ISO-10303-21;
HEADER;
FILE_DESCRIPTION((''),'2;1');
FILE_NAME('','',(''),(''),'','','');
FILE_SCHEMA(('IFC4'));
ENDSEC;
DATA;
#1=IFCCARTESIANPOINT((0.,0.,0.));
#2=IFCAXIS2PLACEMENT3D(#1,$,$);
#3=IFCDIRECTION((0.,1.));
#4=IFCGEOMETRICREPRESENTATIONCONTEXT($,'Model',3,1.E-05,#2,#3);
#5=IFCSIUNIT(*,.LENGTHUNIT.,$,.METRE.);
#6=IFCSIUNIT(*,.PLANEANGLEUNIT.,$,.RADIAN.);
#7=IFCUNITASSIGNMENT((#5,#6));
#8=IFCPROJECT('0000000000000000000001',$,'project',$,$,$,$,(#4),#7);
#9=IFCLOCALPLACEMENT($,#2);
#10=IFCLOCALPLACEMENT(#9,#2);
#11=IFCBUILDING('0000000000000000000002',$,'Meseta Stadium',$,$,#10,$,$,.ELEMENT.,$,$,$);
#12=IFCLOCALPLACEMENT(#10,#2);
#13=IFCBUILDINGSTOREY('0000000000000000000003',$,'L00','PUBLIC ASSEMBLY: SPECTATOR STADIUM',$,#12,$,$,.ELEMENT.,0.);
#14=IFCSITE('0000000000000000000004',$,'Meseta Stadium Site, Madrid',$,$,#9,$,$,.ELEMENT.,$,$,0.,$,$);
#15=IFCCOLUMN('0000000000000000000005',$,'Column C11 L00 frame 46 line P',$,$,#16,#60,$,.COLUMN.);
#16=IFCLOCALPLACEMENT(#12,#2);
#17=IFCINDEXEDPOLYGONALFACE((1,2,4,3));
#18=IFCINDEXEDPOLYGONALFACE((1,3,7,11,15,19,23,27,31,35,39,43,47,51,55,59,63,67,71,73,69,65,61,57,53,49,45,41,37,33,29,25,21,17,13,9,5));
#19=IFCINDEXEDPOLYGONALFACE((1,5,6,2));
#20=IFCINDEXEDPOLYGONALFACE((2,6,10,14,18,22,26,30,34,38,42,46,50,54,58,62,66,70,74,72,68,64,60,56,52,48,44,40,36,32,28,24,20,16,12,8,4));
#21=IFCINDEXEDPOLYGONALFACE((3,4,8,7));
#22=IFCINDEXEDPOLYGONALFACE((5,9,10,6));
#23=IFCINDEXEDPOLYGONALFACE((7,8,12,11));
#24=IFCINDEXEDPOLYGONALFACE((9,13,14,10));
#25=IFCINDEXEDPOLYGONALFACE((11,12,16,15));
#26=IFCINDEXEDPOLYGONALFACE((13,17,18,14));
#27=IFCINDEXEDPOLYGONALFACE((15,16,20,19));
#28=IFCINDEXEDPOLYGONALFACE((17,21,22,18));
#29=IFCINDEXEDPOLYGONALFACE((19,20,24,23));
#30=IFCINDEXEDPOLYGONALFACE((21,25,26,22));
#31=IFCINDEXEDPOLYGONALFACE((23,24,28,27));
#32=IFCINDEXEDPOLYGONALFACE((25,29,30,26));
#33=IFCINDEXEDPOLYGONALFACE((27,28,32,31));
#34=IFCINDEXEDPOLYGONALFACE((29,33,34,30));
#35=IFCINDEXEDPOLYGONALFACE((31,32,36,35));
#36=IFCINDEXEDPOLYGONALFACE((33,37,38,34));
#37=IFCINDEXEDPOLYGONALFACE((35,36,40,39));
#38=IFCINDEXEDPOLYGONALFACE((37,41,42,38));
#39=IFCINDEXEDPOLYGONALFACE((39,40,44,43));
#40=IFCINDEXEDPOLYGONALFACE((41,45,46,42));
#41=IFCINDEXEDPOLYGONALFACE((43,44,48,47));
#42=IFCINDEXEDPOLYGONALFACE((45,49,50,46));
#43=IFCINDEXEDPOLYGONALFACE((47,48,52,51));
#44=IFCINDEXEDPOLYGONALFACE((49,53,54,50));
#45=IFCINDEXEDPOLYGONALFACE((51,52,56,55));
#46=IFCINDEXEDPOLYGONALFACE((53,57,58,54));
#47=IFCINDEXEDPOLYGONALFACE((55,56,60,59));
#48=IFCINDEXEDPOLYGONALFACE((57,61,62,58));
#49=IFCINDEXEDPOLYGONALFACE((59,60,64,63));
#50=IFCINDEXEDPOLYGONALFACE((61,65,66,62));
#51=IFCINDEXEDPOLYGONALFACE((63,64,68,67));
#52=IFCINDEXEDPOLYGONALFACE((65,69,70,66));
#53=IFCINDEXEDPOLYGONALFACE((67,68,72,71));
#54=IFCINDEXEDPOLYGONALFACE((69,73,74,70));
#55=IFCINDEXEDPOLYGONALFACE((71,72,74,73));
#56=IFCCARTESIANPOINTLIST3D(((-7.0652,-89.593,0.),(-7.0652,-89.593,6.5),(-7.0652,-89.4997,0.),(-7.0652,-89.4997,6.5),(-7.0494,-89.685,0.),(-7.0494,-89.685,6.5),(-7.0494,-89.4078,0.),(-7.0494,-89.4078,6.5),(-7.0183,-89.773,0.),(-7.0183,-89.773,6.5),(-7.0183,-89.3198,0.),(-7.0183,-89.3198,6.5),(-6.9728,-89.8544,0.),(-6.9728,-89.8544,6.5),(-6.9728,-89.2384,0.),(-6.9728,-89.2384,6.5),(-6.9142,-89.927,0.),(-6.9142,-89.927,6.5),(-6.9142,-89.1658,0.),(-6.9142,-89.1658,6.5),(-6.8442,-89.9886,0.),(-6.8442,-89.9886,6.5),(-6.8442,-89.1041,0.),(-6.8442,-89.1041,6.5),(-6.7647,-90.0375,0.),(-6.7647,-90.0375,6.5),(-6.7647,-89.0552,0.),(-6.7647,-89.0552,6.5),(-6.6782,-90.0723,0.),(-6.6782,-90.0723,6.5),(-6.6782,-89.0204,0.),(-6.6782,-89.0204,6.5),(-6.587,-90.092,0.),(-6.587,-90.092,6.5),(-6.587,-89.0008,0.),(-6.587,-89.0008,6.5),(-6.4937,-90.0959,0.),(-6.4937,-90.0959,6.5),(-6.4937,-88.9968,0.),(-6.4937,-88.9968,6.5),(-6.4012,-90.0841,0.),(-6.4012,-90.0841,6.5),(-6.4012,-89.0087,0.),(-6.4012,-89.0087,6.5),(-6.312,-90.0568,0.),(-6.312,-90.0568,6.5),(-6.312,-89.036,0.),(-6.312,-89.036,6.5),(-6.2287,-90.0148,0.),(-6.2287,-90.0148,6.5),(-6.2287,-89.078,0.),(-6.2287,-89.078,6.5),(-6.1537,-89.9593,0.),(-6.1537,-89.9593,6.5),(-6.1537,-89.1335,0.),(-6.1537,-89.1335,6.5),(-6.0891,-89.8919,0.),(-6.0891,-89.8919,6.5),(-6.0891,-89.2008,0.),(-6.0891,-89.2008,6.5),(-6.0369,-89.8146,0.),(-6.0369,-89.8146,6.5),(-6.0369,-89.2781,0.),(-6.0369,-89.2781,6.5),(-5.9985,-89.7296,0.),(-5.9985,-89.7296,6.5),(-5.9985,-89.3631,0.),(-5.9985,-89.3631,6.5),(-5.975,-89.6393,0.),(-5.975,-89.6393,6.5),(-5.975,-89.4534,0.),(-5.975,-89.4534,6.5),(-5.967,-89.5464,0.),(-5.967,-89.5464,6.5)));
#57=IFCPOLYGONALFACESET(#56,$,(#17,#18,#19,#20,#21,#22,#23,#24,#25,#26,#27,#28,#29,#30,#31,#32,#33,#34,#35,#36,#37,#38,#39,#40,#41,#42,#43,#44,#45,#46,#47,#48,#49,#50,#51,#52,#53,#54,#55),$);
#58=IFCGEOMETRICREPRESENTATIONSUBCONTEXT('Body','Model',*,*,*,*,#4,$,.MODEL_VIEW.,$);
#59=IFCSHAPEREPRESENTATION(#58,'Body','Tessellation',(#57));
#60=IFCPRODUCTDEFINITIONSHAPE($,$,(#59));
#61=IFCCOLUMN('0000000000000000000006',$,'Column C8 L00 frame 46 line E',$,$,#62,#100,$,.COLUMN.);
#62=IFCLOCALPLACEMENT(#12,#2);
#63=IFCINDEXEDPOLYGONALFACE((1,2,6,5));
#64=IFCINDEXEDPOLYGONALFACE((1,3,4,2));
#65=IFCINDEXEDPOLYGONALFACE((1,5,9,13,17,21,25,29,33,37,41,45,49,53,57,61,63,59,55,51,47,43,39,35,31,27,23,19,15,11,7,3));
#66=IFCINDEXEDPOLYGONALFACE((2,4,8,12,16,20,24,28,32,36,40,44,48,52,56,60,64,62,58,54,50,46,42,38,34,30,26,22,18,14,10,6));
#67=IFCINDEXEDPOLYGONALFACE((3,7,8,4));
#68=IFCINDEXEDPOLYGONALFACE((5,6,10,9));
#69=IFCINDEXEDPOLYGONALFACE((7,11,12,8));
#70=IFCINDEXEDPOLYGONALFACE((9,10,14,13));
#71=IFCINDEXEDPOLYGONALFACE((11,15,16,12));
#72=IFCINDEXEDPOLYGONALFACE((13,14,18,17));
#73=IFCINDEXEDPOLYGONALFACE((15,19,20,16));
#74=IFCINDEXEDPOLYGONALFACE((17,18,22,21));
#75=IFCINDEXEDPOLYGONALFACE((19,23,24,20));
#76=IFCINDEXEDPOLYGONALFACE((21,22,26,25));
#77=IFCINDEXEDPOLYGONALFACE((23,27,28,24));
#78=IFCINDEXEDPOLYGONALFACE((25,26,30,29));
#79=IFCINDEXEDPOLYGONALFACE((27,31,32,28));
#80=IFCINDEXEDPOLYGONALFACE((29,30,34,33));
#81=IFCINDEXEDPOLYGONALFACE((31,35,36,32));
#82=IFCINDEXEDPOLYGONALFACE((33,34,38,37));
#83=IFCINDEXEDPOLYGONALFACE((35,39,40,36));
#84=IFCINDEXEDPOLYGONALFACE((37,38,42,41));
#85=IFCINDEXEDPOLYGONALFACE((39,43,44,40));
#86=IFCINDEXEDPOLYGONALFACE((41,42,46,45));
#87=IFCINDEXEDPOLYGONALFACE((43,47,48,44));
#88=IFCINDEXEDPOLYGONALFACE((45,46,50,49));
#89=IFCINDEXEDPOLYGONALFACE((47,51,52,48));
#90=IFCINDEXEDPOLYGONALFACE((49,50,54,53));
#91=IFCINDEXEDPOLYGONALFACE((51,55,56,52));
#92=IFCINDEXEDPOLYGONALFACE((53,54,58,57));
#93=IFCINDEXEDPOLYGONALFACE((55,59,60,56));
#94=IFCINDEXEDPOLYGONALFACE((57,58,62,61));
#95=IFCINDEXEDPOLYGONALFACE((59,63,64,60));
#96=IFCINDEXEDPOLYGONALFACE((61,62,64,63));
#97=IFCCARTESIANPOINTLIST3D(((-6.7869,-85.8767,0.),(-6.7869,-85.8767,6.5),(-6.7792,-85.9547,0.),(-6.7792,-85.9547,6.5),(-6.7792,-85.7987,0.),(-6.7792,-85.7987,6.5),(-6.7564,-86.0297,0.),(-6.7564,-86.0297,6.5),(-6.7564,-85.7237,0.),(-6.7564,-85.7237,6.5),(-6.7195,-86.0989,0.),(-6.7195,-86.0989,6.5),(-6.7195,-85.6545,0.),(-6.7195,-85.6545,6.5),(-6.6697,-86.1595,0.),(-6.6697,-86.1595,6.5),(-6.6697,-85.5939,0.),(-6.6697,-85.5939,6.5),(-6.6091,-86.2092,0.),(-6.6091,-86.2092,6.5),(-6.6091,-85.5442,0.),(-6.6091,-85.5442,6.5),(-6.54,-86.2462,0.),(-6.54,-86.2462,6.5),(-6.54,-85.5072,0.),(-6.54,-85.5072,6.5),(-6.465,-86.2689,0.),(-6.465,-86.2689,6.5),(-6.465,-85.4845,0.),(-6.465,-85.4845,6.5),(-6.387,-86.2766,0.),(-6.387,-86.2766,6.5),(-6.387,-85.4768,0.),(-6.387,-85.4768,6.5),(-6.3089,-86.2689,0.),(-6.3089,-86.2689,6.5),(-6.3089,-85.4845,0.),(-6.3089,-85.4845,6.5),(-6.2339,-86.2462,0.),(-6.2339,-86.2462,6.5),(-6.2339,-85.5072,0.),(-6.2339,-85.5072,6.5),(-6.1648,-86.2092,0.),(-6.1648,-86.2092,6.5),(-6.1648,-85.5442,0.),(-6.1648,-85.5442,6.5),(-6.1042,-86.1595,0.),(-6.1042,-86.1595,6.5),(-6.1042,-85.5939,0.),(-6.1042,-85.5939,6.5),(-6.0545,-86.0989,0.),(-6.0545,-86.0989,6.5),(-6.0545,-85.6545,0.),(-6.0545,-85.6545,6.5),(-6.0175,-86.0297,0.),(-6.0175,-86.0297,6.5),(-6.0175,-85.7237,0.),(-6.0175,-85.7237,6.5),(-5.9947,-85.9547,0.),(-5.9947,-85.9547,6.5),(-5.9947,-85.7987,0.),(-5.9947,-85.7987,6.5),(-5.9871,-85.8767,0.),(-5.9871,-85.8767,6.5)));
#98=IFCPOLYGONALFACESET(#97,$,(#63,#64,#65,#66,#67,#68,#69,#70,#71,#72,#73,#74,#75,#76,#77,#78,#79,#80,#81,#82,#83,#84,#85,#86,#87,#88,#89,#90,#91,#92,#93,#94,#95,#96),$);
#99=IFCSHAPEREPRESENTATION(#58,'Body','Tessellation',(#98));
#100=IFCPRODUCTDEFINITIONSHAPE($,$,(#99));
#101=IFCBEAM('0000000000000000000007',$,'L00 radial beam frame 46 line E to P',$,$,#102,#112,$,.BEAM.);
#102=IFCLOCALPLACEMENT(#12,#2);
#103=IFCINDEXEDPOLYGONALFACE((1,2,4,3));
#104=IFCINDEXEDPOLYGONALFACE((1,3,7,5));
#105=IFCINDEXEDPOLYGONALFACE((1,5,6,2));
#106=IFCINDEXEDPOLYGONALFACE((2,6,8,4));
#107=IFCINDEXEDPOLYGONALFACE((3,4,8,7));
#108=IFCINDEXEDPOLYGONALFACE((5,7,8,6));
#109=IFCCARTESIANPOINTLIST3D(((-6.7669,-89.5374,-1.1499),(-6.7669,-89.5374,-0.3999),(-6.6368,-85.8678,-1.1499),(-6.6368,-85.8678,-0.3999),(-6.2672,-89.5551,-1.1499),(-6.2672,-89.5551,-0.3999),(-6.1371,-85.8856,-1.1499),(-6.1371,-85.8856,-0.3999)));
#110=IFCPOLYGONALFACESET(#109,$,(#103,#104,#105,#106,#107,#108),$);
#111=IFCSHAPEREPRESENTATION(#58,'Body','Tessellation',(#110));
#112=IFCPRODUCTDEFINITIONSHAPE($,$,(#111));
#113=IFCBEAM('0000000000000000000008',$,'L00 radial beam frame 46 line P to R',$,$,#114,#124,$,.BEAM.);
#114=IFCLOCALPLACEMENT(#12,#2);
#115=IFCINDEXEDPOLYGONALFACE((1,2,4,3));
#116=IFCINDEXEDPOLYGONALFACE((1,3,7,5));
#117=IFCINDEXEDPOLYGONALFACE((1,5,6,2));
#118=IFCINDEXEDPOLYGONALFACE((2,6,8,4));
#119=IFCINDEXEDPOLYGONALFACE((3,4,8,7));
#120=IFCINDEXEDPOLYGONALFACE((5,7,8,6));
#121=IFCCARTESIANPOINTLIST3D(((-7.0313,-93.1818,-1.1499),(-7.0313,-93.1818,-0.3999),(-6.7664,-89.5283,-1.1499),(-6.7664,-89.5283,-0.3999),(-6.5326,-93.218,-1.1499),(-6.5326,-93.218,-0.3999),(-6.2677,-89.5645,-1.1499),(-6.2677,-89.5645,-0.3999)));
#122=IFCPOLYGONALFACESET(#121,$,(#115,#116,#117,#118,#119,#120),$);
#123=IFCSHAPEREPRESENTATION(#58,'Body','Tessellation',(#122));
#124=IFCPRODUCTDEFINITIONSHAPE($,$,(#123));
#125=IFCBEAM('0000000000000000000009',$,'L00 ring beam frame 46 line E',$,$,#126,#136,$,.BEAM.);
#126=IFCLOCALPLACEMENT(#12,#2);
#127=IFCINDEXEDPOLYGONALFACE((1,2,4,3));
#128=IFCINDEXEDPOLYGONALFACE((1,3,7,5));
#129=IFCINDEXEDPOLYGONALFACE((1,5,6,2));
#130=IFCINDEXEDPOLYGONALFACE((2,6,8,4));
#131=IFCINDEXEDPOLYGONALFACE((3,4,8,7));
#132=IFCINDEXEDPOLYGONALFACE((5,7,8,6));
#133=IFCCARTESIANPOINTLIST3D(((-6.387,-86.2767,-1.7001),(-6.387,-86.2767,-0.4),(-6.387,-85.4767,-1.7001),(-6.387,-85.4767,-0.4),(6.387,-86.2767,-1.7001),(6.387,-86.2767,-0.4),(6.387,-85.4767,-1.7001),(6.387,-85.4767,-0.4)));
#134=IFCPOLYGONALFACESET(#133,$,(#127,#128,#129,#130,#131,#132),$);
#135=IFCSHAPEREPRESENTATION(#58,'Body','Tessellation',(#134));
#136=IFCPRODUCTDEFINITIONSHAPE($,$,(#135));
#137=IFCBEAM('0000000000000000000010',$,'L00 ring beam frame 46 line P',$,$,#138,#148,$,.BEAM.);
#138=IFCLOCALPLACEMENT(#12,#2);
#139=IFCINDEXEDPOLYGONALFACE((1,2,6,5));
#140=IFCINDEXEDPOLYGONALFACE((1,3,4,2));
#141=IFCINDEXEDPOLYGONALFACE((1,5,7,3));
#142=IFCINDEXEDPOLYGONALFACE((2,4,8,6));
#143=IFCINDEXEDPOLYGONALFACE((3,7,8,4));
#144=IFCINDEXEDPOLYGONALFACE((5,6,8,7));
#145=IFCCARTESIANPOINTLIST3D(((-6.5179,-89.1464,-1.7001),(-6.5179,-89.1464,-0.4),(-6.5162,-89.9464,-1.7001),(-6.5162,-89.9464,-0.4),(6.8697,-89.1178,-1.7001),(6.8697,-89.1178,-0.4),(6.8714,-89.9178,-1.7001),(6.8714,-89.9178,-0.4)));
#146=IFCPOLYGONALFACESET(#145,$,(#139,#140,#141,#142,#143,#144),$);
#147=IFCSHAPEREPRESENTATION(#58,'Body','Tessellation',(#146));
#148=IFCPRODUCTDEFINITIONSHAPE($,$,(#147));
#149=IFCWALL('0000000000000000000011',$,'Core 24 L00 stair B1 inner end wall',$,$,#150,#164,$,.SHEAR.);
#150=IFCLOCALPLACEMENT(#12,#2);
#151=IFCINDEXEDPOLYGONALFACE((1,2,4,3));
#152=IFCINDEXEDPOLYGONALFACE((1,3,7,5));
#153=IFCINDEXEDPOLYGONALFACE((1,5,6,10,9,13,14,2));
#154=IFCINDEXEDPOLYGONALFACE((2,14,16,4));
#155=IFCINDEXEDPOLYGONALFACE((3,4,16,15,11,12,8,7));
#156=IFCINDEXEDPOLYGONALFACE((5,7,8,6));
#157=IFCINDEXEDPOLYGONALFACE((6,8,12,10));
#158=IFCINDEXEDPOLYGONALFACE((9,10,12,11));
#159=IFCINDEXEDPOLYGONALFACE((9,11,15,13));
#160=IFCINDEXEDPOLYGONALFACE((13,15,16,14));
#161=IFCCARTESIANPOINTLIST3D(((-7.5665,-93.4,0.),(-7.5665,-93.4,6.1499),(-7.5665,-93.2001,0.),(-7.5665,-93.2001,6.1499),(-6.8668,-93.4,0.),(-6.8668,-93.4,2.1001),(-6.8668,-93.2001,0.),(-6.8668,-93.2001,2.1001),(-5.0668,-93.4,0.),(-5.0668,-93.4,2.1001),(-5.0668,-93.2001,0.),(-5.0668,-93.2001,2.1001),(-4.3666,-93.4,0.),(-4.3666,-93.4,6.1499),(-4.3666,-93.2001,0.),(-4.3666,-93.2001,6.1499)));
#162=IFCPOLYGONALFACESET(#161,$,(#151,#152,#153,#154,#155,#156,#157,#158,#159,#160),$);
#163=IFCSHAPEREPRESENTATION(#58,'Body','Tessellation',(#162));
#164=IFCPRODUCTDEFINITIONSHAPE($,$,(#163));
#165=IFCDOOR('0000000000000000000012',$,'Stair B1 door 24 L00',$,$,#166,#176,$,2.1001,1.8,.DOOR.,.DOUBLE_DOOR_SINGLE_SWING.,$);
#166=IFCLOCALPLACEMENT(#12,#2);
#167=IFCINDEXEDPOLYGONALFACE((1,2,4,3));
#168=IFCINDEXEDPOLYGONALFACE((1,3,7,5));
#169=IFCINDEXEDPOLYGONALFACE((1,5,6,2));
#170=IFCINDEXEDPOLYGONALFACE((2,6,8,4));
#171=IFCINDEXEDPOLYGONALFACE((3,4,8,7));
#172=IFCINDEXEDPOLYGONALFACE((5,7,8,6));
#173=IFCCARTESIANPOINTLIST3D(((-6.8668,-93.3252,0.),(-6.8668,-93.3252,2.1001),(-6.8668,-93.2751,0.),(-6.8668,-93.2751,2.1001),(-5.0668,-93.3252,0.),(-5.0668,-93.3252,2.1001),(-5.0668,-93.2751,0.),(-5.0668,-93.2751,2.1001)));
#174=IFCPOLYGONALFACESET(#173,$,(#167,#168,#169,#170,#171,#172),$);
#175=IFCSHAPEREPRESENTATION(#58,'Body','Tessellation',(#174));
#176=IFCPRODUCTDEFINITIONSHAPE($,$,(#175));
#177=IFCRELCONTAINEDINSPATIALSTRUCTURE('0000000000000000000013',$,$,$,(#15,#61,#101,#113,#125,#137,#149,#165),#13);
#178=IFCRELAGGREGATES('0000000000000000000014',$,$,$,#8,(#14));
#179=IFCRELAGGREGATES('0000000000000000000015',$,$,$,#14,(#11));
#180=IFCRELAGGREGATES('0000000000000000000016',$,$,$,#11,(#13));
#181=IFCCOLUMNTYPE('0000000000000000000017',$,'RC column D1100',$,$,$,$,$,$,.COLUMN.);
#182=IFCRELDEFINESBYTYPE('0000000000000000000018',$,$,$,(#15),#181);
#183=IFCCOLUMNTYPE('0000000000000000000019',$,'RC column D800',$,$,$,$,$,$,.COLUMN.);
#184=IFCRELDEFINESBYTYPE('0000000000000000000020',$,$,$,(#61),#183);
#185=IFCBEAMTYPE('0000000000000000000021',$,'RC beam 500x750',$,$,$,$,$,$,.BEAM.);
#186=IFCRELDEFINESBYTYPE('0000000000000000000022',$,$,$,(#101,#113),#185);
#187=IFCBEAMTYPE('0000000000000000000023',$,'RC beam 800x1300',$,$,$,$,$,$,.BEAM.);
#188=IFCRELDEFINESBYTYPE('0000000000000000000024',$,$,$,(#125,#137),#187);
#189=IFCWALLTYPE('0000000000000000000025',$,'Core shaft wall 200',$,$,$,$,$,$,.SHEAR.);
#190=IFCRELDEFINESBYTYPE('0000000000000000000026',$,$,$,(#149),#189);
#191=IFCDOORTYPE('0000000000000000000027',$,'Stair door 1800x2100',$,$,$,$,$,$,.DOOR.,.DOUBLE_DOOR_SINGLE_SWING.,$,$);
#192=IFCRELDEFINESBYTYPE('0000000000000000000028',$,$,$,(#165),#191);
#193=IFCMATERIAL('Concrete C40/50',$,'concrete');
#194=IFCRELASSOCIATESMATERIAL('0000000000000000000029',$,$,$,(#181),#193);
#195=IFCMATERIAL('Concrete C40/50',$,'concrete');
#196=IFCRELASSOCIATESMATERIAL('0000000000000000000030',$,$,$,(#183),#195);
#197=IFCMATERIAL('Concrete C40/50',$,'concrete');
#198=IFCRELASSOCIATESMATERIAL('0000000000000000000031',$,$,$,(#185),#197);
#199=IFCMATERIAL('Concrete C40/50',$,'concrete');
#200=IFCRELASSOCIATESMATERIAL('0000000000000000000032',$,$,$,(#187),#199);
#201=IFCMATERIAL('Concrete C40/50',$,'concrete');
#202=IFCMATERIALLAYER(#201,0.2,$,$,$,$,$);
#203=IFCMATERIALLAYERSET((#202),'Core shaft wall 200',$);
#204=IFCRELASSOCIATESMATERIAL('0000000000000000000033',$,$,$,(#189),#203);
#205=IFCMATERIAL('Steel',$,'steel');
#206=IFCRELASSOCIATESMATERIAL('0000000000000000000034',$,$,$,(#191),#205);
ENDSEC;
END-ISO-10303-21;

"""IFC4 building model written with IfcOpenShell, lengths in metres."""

from ifc_helpers import new_model, si_unit, direction, frame, frame_2d, origin, origin_2d, place, context, subcontext, project, spatial, rectangle, circle, extrude, material, layer, layer_set, material_profile, profile_set, type_object, element, fill, save


model = new_model("IFC4")

# Units and contexts
model_context = context("Model", 3, precision=1e-05, world=origin(), true_north=direction((0.0, 1.0)))
body_context = subcontext(model_context, "Body", "Model", "MODEL_VIEW")
ifc_project = project(units=[si_unit("LENGTHUNIT", "METRE"), si_unit("PLANEANGLEUNIT", "RADIAN")], contexts=[model_context])

# Site, building, storey
site_placement = place(None, origin())
site = spatial("IfcSite", under=ifc_project, at=site_placement, Name="Meseta Stadium Site, Madrid", CompositionType="ELEMENT", RefElevation=0.0)
building_placement = place(site_placement, origin())
building = spatial("IfcBuilding", under=site, at=building_placement, Name="Meseta Stadium", CompositionType="ELEMENT")
storey_placement = place(building_placement, origin())
storey = spatial("IfcBuildingStorey", under=building, at=storey_placement, Name="L00", Description="PUBLIC ASSEMBLY: SPECTATOR STADIUM", CompositionType="ELEMENT", Elevation=0.0)

# Columns
ifc_material_1 = material(Name="Concrete C40/50", Category="concrete")
ifc_material_profile_1 = material_profile(ifc_material_1, circle(Radius=0.55, at=origin_2d()), Name="RC D1100")
ifc_profile_set_1 = profile_set([ifc_material_profile_1], Name="Concrete C40/50")
column_type_1 = type_object("IfcColumnType", Name="RC column D1100", PredefinedType="COLUMN", material=ifc_profile_set_1)
column_1_placement = place(storey_placement, frame((-6.5171, -89.5464, 0.0), z_axis=(0.0, 0.0, 1.0), x_axis=(1.0, 0.0, 0.0)))
element("IfcColumn", 1, at=column_1_placement, inside=storey, type_object=column_type_1, Name="Column C11 L00 frame 46 line P", PredefinedType="COLUMN", context=body_context, shape_type="SweptSolid", body=[
    extrude(circle(Radius=0.55, at=origin_2d()), origin(), (0.0, 0.0, 1.0), 6.5),
])
ifc_material_2 = material(Name="Concrete C40/50", Category="concrete")
ifc_material_profile_2 = material_profile(ifc_material_2, circle(Radius=0.3999, at=origin_2d()), Name="RC D800")
ifc_profile_set_2 = profile_set([ifc_material_profile_2], Name="Concrete C40/50")
column_type_2 = type_object("IfcColumnType", Name="RC column D800", PredefinedType="COLUMN", material=ifc_profile_set_2)
column_2_placement = place(storey_placement, frame((-6.387, -85.8767, 0.0), z_axis=(0.0, 0.0, 1.0), x_axis=(1.0, 0.0, 0.0)))
element("IfcColumn", 2, at=column_2_placement, inside=storey, type_object=column_type_2, Name="Column C8 L00 frame 46 line E", PredefinedType="COLUMN", context=body_context, shape_type="SweptSolid", body=[
    extrude(circle(Radius=0.3999, at=origin_2d()), origin(), (0.0, 0.0, 1.0), 6.5),
])

# Beams
ifc_material_3 = material(Name="Concrete C40/50", Category="concrete")
ifc_material_profile_3 = material_profile(ifc_material_3, rectangle(XDim=0.5, YDim=0.75, at=origin_2d()), Name="RC 500x750")
ifc_profile_set_3 = profile_set([ifc_material_profile_3], Name="Concrete C40/50")
beam_type_1 = type_object("IfcBeamType", Name="RC beam 500x750", PredefinedType="BEAM", material=ifc_profile_set_3)
beam_1_placement = place(storey_placement, frame((-6.387, -85.8767, -0.7749), z_axis=(-0.035438, -0.999372, 0.0), x_axis=(0.999372, -0.035438, 0.0)))
element("IfcBeam", 3, at=beam_1_placement, inside=storey, type_object=beam_type_1, Name="L00 radial beam frame 46 line E to P", PredefinedType="BEAM", context=body_context, shape_type="SweptSolid", body=[
    extrude(rectangle(XDim=0.5, YDim=0.75, at=origin_2d()), origin(), (0.0, 0.0, 1.0), 3.6719),
])
beam_2_placement = place(storey_placement, frame((-6.5171, -89.5464, -0.7749), z_axis=(-0.072313, -0.997382, 0.0), x_axis=(0.997382, -0.072313, 0.0)))
element("IfcBeam", 4, at=beam_2_placement, inside=storey, type_object=beam_type_1, Name="L00 radial beam frame 46 line P to R", PredefinedType="BEAM", context=body_context, shape_type="SweptSolid", body=[
    extrude(rectangle(XDim=0.5, YDim=0.75, at=origin_2d()), origin(), (0.0, 0.0, 1.0), 3.6631),
])
ifc_material_4 = material(Name="Concrete C40/50", Category="concrete")
ifc_material_profile_4 = material_profile(ifc_material_4, rectangle(XDim=0.8, YDim=1.3, at=origin_2d()), Name="RC 800x1300")
ifc_profile_set_4 = profile_set([ifc_material_profile_4], Name="Concrete C40/50")
beam_type_2 = type_object("IfcBeamType", Name="RC beam 800x1300", PredefinedType="BEAM", material=ifc_profile_set_4)
beam_3_placement = place(storey_placement, frame((-6.387, -85.8767, -1.05), z_axis=(1.0, 0.0, 0.0), x_axis=(0.0, 1.0, 0.0)))
element("IfcBeam", 5, at=beam_3_placement, inside=storey, type_object=beam_type_2, Name="L00 ring beam frame 46 line E", PredefinedType="BEAM", context=body_context, shape_type="SweptSolid", body=[
    extrude(rectangle(XDim=0.8, YDim=1.3, at=origin_2d()), origin(), (0.0, 0.0, 1.0), 12.7739),
])
beam_4_placement = place(storey_placement, frame((-6.5171, -89.5464, -1.05), z_axis=(0.999998, 0.002134, 0.0), x_axis=(-0.002134, 0.999998, 0.0)))
element("IfcBeam", 6, at=beam_4_placement, inside=storey, type_object=beam_type_2, Name="L00 ring beam frame 46 line P", PredefinedType="BEAM", context=body_context, shape_type="SweptSolid", body=[
    extrude(rectangle(XDim=0.8, YDim=1.3, at=origin_2d()), origin(), (0.0, 0.0, 1.0), 13.3877),
])

# Wall, opening, door
ifc_material_5 = material(Name="Concrete C40/50", Category="concrete")
ifc_layer_1 = layer(ifc_material_5, 0.2)
ifc_layer_set_1 = layer_set([ifc_layer_1], Name="Core shaft wall 200")
wall_type_1 = type_object("IfcWallType", Name="Core shaft wall 200", PredefinedType="SHEAR", material=ifc_layer_set_1)
wall_1_placement = place(storey_placement, frame((-7.5667, -93.3, 0.0), z_axis=(0.0, 0.0, 1.0), x_axis=(1.0, 0.0, 0.0)))
wall_1 = element("IfcWall", 7, at=wall_1_placement, inside=storey, type_object=wall_type_1, Name="Core 24 L00 stair B1 inner end wall", PredefinedType="SHEAR", context=body_context, shape_type="SweptSolid", body=[
    extrude(rectangle(XDim=3.2, YDim=0.2, at=frame_2d((1.6001, 0.0))), origin(), (0.0, 0.0, 1.0), 6.1499),
])
opening_1_placement = place(wall_1_placement, frame((0.7, 0.0, 0.0)))
opening_1 = element("IfcOpeningElement", 8, at=opening_1_placement, cuts=wall_1, PredefinedType="OPENING", context=body_context, shape_type="SweptSolid", body=[
    extrude(rectangle(XDim=1.8, YDim=2.1001, at=frame_2d((0.8999, 1.05))), frame((0.0, 0.1099, 0.0), z_axis=(0.0, -1.0, 0.0), x_axis=(1.0, 0.0, 0.0)), (0.0, 0.0, 1.0), 0.22),
])
ifc_material_6 = material(Name="Steel", Category="steel")
door_type_1 = type_object("IfcDoorType", Name="Stair door 1800x2100", OperationType="DOUBLE_DOOR_SINGLE_SWING", PredefinedType="DOOR", material=ifc_material_6)
door_1_placement = place(opening_1_placement, origin())
door_1 = element("IfcDoor", 9, at=door_1_placement, inside=storey, type_object=door_type_1, Name="Stair B1 door 24 L00", OperationType="DOUBLE_DOOR_SINGLE_SWING", OverallHeight=2.1001, OverallWidth=1.8, PredefinedType="DOOR", context=body_context, shape_type="SweptSolid", body=[
    extrude(rectangle(XDim=1.8, YDim=2.1001, at=frame_2d((0.8999, 1.05))), frame((0.0, 0.0249, 0.0), z_axis=(0.0, -1.0, 0.0), x_axis=(1.0, 0.0, 0.0)), (0.0, 0.0, 1.0), 0.05),
])
fill(opening_1, door_1)

save(model, "model.ifc")
